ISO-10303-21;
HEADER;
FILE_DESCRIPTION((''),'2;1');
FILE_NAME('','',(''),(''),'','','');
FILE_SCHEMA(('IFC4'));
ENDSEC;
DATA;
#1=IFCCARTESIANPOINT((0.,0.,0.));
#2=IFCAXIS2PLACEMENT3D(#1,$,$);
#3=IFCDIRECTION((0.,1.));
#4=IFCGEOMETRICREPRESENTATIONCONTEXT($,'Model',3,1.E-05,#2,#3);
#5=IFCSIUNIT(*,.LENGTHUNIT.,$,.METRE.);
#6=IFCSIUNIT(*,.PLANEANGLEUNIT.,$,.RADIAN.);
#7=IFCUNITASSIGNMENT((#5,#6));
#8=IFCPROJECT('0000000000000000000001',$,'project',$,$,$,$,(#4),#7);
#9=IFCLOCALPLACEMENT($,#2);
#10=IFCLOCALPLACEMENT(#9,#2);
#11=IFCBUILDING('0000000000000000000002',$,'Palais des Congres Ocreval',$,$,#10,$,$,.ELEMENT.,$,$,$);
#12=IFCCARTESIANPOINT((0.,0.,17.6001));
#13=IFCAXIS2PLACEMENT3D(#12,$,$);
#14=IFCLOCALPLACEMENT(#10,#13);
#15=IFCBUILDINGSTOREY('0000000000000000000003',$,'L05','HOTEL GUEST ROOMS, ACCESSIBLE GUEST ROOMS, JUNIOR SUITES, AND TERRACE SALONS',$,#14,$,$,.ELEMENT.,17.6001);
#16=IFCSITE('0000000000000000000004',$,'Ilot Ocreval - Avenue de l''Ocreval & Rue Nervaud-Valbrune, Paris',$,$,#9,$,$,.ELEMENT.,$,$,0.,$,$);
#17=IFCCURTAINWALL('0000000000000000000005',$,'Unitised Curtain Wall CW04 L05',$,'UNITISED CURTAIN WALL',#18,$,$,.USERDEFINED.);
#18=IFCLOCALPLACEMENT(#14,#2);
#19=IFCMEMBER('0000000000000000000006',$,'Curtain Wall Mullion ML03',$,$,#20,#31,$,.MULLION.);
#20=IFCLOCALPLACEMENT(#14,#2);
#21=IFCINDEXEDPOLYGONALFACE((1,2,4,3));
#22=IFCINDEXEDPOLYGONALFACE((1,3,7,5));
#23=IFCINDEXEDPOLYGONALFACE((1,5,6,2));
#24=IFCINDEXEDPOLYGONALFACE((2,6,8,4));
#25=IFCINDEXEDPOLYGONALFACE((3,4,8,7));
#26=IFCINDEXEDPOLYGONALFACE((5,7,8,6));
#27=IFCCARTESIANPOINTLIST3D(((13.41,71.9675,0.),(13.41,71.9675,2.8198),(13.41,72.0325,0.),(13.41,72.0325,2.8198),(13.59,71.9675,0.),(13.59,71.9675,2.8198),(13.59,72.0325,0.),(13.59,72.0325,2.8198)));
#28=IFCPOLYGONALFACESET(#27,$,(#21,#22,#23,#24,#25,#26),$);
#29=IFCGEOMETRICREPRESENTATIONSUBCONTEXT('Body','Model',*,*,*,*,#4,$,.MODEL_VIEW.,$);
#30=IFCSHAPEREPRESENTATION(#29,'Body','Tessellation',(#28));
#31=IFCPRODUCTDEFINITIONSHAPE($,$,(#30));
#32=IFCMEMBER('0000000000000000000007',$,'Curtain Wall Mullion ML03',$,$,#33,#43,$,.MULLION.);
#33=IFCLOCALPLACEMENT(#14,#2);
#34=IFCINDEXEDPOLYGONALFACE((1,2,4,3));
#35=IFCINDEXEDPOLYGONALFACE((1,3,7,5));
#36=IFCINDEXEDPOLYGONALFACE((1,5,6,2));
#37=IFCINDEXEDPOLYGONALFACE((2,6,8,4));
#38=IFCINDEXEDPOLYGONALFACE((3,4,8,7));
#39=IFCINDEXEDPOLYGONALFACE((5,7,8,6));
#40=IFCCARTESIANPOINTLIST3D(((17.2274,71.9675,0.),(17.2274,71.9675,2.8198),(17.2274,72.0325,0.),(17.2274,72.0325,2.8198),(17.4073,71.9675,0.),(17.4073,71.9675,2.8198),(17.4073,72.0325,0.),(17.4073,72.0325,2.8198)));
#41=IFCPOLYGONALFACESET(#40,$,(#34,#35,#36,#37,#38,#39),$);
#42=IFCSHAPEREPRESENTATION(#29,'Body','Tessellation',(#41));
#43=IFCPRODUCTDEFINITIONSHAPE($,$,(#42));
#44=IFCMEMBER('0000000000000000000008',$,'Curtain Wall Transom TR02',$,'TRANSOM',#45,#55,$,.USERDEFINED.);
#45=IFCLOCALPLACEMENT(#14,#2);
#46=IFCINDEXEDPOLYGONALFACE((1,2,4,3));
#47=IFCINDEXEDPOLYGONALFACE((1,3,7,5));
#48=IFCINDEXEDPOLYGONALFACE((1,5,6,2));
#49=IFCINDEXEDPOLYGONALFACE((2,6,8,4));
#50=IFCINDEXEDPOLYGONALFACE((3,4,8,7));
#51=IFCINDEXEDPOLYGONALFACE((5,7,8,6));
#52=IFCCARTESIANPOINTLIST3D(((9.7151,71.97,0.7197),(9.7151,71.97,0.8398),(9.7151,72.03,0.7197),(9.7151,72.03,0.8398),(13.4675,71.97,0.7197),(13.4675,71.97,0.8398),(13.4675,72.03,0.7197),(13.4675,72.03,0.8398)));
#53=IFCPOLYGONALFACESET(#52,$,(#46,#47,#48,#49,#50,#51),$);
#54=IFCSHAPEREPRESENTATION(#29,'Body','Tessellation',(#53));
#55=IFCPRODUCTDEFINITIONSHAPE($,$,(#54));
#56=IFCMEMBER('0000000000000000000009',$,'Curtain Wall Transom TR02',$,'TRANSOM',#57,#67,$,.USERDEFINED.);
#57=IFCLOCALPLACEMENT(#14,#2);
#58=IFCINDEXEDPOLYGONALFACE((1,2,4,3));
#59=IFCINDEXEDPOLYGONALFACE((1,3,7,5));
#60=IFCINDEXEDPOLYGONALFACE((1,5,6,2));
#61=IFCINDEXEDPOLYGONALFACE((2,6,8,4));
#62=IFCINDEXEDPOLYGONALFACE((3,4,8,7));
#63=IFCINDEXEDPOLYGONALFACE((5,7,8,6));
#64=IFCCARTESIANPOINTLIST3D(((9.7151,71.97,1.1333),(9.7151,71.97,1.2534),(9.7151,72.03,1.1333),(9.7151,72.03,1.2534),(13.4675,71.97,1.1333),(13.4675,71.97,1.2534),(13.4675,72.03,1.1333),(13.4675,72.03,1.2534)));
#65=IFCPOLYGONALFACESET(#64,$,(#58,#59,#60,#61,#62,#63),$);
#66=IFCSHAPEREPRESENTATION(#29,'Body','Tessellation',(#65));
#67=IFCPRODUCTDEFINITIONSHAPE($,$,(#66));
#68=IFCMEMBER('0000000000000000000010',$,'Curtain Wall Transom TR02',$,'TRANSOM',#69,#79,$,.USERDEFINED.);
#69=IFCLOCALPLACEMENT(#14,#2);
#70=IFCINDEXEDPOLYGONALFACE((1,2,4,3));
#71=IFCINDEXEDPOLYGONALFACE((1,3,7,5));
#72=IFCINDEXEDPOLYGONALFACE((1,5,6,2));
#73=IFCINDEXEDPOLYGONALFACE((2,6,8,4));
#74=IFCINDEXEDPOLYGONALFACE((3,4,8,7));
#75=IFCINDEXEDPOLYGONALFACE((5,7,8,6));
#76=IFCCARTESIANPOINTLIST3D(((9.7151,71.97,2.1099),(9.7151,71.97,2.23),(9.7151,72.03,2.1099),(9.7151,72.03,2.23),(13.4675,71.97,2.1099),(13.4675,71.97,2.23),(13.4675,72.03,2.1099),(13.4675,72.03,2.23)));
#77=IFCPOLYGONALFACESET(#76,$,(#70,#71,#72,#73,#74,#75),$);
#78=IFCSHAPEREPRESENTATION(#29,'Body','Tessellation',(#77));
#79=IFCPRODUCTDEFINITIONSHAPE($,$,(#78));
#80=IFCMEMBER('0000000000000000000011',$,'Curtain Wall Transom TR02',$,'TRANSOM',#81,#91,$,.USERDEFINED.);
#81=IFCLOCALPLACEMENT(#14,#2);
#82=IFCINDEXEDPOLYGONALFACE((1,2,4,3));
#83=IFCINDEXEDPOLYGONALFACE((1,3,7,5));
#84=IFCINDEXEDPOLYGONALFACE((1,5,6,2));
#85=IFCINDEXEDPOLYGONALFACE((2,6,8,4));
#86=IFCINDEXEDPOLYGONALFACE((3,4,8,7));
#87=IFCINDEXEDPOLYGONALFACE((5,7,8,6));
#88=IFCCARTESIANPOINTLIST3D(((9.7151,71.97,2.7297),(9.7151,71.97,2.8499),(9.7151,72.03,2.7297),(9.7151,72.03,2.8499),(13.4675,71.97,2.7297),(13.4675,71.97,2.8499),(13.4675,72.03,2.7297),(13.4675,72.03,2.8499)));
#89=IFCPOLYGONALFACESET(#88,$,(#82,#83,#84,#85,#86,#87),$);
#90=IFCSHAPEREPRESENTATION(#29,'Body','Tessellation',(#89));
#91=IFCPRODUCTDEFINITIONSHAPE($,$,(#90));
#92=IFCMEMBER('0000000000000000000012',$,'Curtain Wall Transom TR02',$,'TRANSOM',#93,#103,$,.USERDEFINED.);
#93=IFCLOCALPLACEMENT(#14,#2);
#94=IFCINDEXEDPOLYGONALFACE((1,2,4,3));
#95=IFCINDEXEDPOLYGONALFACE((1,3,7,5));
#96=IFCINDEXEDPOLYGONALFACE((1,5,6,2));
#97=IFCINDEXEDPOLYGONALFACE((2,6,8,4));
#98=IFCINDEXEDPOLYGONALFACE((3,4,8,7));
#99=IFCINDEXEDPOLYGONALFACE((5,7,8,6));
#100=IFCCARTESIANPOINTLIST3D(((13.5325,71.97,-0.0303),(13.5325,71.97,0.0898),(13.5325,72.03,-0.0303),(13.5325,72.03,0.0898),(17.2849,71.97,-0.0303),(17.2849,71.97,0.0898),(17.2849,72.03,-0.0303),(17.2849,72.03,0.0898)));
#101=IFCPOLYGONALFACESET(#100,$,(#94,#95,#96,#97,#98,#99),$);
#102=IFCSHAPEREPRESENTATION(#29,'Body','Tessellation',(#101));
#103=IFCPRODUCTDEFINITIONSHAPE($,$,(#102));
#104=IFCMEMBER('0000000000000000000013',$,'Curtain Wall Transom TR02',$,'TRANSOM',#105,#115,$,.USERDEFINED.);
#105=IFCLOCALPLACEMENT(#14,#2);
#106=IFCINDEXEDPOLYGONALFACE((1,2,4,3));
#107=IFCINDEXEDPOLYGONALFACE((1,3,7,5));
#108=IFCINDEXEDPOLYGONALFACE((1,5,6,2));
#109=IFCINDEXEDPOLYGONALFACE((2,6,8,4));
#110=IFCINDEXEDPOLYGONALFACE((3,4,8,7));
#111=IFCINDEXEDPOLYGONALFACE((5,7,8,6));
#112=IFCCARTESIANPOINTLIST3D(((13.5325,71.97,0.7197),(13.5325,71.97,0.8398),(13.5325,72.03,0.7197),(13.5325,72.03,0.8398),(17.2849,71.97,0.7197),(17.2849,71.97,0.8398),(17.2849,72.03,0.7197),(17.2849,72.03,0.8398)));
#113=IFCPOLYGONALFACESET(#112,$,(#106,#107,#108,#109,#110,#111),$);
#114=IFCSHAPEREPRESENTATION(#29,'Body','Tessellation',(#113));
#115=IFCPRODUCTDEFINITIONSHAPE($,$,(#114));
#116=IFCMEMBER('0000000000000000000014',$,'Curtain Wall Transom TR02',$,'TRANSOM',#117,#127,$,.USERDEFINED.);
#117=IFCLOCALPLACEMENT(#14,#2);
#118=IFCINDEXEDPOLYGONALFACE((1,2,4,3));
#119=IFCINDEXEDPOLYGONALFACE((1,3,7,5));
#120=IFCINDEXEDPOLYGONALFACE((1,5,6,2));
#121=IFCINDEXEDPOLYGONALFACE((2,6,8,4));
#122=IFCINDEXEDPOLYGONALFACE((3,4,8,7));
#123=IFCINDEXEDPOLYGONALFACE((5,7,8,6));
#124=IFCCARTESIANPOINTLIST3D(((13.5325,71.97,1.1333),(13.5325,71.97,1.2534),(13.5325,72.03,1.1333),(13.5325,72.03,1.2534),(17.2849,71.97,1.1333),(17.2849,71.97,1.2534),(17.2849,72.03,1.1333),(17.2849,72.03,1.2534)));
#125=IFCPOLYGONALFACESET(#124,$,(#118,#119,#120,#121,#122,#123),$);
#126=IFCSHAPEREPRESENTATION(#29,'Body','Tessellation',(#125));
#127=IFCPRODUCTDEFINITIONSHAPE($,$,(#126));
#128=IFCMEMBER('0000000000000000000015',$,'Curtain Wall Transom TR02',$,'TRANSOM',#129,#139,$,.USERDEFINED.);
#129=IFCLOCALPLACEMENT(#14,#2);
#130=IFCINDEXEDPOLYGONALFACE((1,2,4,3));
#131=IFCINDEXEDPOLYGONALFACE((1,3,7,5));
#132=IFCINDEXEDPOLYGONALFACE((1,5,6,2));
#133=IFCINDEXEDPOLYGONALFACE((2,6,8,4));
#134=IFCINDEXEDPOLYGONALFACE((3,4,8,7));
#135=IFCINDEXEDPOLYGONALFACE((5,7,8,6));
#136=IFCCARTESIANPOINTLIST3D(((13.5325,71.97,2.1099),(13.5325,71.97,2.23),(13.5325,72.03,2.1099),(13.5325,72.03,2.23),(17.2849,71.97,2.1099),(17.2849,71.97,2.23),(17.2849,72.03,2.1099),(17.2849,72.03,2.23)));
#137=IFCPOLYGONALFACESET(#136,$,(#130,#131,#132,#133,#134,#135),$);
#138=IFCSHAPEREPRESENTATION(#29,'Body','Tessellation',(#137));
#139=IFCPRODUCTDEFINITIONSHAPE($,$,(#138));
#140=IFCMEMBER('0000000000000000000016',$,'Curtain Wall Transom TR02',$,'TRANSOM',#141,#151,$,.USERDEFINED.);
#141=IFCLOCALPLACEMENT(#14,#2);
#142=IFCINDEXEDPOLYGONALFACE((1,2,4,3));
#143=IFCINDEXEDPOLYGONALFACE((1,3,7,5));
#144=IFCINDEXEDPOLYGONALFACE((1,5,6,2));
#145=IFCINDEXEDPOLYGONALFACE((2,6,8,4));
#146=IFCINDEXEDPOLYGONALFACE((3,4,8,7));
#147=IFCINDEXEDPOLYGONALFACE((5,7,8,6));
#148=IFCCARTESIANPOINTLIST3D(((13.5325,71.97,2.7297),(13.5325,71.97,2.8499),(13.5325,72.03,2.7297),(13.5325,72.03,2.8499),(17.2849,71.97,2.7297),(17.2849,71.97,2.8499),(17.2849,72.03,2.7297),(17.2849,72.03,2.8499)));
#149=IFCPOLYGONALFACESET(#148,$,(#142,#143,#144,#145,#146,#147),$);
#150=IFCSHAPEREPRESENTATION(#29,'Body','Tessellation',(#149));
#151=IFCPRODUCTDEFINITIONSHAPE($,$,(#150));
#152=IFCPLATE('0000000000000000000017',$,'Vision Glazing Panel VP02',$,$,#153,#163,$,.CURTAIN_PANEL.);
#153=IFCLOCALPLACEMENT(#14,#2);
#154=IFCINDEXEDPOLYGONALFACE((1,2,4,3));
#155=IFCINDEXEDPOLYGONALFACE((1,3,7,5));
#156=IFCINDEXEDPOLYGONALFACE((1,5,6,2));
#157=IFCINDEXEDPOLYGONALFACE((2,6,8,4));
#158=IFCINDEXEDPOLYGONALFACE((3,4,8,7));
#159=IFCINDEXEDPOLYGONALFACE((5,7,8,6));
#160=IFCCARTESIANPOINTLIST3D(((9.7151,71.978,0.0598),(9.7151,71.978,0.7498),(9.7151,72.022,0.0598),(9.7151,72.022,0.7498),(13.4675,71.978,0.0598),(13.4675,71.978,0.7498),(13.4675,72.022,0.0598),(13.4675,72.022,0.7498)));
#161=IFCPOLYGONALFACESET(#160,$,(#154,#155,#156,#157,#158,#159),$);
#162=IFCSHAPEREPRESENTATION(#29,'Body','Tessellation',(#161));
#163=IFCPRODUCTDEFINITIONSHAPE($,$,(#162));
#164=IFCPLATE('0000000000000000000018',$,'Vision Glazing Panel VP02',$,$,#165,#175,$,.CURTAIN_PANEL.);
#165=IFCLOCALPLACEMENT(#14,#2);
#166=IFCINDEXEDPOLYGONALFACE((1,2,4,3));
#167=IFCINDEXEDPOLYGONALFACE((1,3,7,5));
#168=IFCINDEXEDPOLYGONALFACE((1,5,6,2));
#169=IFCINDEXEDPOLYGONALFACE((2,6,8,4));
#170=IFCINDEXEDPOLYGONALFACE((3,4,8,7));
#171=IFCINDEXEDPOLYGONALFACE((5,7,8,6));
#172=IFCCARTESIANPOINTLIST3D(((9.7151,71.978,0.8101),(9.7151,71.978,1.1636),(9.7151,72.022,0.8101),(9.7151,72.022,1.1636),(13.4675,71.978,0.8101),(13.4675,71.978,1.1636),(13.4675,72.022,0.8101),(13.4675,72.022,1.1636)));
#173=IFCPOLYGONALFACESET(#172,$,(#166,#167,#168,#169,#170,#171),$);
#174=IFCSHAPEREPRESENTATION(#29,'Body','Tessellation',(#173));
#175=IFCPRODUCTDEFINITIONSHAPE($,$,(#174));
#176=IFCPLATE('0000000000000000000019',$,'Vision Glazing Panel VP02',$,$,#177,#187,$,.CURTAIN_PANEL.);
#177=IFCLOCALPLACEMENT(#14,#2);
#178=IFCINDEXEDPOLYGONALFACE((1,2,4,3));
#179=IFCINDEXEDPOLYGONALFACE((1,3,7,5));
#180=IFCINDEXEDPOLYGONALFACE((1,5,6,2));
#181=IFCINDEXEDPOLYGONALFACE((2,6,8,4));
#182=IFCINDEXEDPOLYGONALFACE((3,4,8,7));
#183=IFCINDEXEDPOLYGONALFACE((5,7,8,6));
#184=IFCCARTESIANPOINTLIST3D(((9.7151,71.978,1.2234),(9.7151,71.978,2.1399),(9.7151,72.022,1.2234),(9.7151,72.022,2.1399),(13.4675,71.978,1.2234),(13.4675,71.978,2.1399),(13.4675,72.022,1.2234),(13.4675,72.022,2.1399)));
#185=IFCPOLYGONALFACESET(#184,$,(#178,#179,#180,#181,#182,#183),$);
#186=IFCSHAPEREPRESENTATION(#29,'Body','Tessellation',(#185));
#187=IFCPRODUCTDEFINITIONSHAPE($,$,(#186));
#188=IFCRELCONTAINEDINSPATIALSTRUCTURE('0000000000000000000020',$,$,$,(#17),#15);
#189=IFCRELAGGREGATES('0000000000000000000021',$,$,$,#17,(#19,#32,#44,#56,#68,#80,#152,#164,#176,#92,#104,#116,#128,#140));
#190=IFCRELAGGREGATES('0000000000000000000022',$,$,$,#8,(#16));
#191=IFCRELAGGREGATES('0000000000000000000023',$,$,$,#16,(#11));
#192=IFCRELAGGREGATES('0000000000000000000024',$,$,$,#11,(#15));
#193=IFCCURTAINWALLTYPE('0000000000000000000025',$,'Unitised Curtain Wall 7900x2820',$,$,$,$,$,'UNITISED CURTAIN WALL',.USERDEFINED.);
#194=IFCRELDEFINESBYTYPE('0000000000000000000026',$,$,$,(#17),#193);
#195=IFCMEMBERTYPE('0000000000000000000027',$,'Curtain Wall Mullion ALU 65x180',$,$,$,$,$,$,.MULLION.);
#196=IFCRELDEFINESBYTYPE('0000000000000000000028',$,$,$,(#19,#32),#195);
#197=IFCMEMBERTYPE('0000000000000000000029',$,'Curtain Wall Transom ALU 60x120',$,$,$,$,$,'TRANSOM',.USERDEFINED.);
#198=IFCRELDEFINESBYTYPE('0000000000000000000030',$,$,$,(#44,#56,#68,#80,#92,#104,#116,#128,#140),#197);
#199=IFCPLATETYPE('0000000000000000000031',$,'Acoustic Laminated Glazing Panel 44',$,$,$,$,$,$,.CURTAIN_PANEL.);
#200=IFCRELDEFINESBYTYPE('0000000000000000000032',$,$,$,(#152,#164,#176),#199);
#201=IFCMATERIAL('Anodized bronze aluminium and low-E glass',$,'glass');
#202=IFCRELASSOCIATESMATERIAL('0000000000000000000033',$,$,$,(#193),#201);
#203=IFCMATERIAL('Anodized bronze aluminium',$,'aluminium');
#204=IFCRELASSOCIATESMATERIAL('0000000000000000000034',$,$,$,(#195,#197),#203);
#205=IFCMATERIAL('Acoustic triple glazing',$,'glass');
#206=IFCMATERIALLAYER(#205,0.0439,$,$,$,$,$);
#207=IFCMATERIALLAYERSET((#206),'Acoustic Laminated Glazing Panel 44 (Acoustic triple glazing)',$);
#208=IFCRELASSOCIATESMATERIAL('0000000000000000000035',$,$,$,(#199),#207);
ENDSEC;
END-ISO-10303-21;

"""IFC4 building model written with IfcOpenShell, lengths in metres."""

from ifc_helpers import new_model, si_unit, direction, frame, origin, origin_2d, place, context, subcontext, project, spatial, rectangle, extrude, material, layer, layer_set, material_profile, profile_set, type_object, element, aggregate, save


model = new_model("IFC4")

# Units and contexts
model_context = context("Model", 3, precision=1e-05, world=origin(), true_north=direction((0.0, 1.0)))
body_context = subcontext(model_context, "Body", "Model", "MODEL_VIEW")
ifc_project = project(units=[si_unit("LENGTHUNIT", "METRE"), si_unit("PLANEANGLEUNIT", "RADIAN")], contexts=[model_context])

# Site, building, storey
site_placement = place(None, origin())
site = spatial("IfcSite", under=ifc_project, at=site_placement, Name="Ilot Ocreval - Avenue de l'Ocreval & Rue Nervaud-Valbrune, Paris", CompositionType="ELEMENT", RefElevation=0.0)
building_placement = place(site_placement, origin())
building = spatial("IfcBuilding", under=site, at=building_placement, Name="Palais des Congres Ocreval", CompositionType="ELEMENT")
storey_placement = place(building_placement, frame((0.0, 0.0, 17.6001)))
storey = spatial("IfcBuildingStorey", under=building, at=storey_placement, Name="L05", Description="HOTEL GUEST ROOMS, ACCESSIBLE GUEST ROOMS, JUNIOR SUITES, AND TERRACE SALONS", CompositionType="ELEMENT", Elevation=17.6001)

# Curtain wall, members, plates
ifc_material_1 = material(Name="Anodized bronze aluminium and low-E glass", Category="glass")
curtain_wall_type = type_object("IfcCurtainWallType", Name="Unitised Curtain Wall 7900x2820", ElementType="UNITISED CURTAIN WALL", PredefinedType="USERDEFINED", material=ifc_material_1)
curtain_wall_1_placement = place(storey_placement, origin())
curtain_wall_1 = element("IfcCurtainWall", 1, at=curtain_wall_1_placement, inside=storey, type_object=curtain_wall_type, Name="Unitised Curtain Wall CW04 L05", ObjectType="UNITISED CURTAIN WALL", PredefinedType="USERDEFINED")
ifc_material_2 = material(Name="Anodized bronze aluminium", Category="aluminium")
ifc_material_profile_1 = material_profile(ifc_material_2, rectangle(XDim=0.0649, YDim=0.1799, at=origin_2d()), Name="ALU 65x180")
ifc_profile_set_1 = profile_set([ifc_material_profile_1], Name="Anodized bronze aluminium")
member_type_1 = type_object("IfcMemberType", Name="Curtain Wall Mullion ALU 65x180", PredefinedType="MULLION", material=ifc_profile_set_1)
member_1_placement = place(storey_placement, frame((13.5, 72.0, 0.0), z_axis=(0.0, 0.0, 1.0), x_axis=(0.0, 1.0, 0.0)))
member_1 = element("IfcMember", 2, at=member_1_placement, type_object=member_type_1, Name="Curtain Wall Mullion ML03", PredefinedType="MULLION", context=body_context, shape_type="SweptSolid", body=[
    extrude(rectangle(XDim=0.0649, YDim=0.1799, at=origin_2d()), origin(), (0.0, 0.0, 1.0), 2.8198),
])
member_2_placement = place(storey_placement, frame((17.3174, 72.0, 0.0), z_axis=(0.0, 0.0, 1.0), x_axis=(0.0, 1.0, 0.0)))
member_2 = element("IfcMember", 3, at=member_2_placement, type_object=member_type_1, Name="Curtain Wall Mullion ML03", PredefinedType="MULLION", context=body_context, shape_type="SweptSolid", body=[
    extrude(rectangle(XDim=0.0649, YDim=0.1799, at=origin_2d()), origin(), (0.0, 0.0, 1.0), 2.8198),
])
ifc_material_profile_2 = material_profile(ifc_material_2, rectangle(XDim=0.0601, YDim=0.1201, at=origin_2d()), Name="ALU 60x120")
ifc_profile_set_2 = profile_set([ifc_material_profile_2], Name="Anodized bronze aluminium")
member_type_2 = type_object("IfcMemberType", Name="Curtain Wall Transom ALU 60x120", ElementType="TRANSOM", PredefinedType="USERDEFINED", material=ifc_profile_set_2)
member_3_placement = place(storey_placement, frame((9.7151, 72.0, 0.7798), z_axis=(1.0, 0.0, 0.0), x_axis=(0.0, 1.0, 0.0)))
member_3 = element("IfcMember", 4, at=member_3_placement, type_object=member_type_2, Name="Curtain Wall Transom TR02", ObjectType="TRANSOM", PredefinedType="USERDEFINED", context=body_context, shape_type="SweptSolid", body=[
    extrude(rectangle(XDim=0.0601, YDim=0.1201, at=origin_2d()), origin(), (0.0, 0.0, 1.0), 3.7524),
])
member_4_placement = place(storey_placement, frame((9.7151, 72.0, 1.1934), z_axis=(1.0, 0.0, 0.0), x_axis=(0.0, 1.0, 0.0)))
member_4 = element("IfcMember", 5, at=member_4_placement, type_object=member_type_2, Name="Curtain Wall Transom TR02", ObjectType="TRANSOM", PredefinedType="USERDEFINED", context=body_context, shape_type="SweptSolid", body=[
    extrude(rectangle(XDim=0.0601, YDim=0.1201, at=origin_2d()), origin(), (0.0, 0.0, 1.0), 3.7524),
])
member_5_placement = place(storey_placement, frame((9.7151, 72.0, 2.1699), z_axis=(1.0, 0.0, 0.0), x_axis=(0.0, 1.0, 0.0)))
member_5 = element("IfcMember", 6, at=member_5_placement, type_object=member_type_2, Name="Curtain Wall Transom TR02", ObjectType="TRANSOM", PredefinedType="USERDEFINED", context=body_context, shape_type="SweptSolid", body=[
    extrude(rectangle(XDim=0.0601, YDim=0.1201, at=origin_2d()), origin(), (0.0, 0.0, 1.0), 3.7524),
])
member_6_placement = place(storey_placement, frame((9.7151, 72.0, 2.7898), z_axis=(1.0, 0.0, 0.0), x_axis=(0.0, 1.0, 0.0)))
member_6 = element("IfcMember", 7, at=member_6_placement, type_object=member_type_2, Name="Curtain Wall Transom TR02", ObjectType="TRANSOM", PredefinedType="USERDEFINED", context=body_context, shape_type="SweptSolid", body=[
    extrude(rectangle(XDim=0.0601, YDim=0.1201, at=origin_2d()), origin(), (0.0, 0.0, 1.0), 3.7524),
])
member_7_placement = place(storey_placement, frame((13.5325, 72.0, 0.0298), z_axis=(1.0, 0.0, 0.0), x_axis=(0.0, 1.0, 0.0)))
member_7 = element("IfcMember", 8, at=member_7_placement, type_object=member_type_2, Name="Curtain Wall Transom TR02", ObjectType="TRANSOM", PredefinedType="USERDEFINED", context=body_context, shape_type="SweptSolid", body=[
    extrude(rectangle(XDim=0.0601, YDim=0.1201, at=origin_2d()), origin(), (0.0, 0.0, 1.0), 3.7524),
])
member_8_placement = place(storey_placement, frame((13.5325, 72.0, 0.7798), z_axis=(1.0, 0.0, 0.0), x_axis=(0.0, 1.0, 0.0)))
member_8 = element("IfcMember", 9, at=member_8_placement, type_object=member_type_2, Name="Curtain Wall Transom TR02", ObjectType="TRANSOM", PredefinedType="USERDEFINED", context=body_context, shape_type="SweptSolid", body=[
    extrude(rectangle(XDim=0.0601, YDim=0.1201, at=origin_2d()), origin(), (0.0, 0.0, 1.0), 3.7524),
])
member_9_placement = place(storey_placement, frame((13.5325, 72.0, 1.1934), z_axis=(1.0, 0.0, 0.0), x_axis=(0.0, 1.0, 0.0)))
member_9 = element("IfcMember", 10, at=member_9_placement, type_object=member_type_2, Name="Curtain Wall Transom TR02", ObjectType="TRANSOM", PredefinedType="USERDEFINED", context=body_context, shape_type="SweptSolid", body=[
    extrude(rectangle(XDim=0.0601, YDim=0.1201, at=origin_2d()), origin(), (0.0, 0.0, 1.0), 3.7524),
])
member_10_placement = place(storey_placement, frame((13.5325, 72.0, 2.1699), z_axis=(1.0, 0.0, 0.0), x_axis=(0.0, 1.0, 0.0)))
member_10 = element("IfcMember", 11, at=member_10_placement, type_object=member_type_2, Name="Curtain Wall Transom TR02", ObjectType="TRANSOM", PredefinedType="USERDEFINED", context=body_context, shape_type="SweptSolid", body=[
    extrude(rectangle(XDim=0.0601, YDim=0.1201, at=origin_2d()), origin(), (0.0, 0.0, 1.0), 3.7524),
])
member_11_placement = place(storey_placement, frame((13.5325, 72.0, 2.7898), z_axis=(1.0, 0.0, 0.0), x_axis=(0.0, 1.0, 0.0)))
member_11 = element("IfcMember", 12, at=member_11_placement, type_object=member_type_2, Name="Curtain Wall Transom TR02", ObjectType="TRANSOM", PredefinedType="USERDEFINED", context=body_context, shape_type="SweptSolid", body=[
    extrude(rectangle(XDim=0.0601, YDim=0.1201, at=origin_2d()), origin(), (0.0, 0.0, 1.0), 3.7524),
])
ifc_material_3 = material(Name="Acoustic triple glazing", Category="glass")
ifc_layer_1 = layer(ifc_material_3, 0.0439)
ifc_layer_set_1 = layer_set([ifc_layer_1], Name="Acoustic Laminated Glazing Panel 44 (Acoustic triple glazing)")
plate_type_1 = type_object("IfcPlateType", Name="Acoustic Laminated Glazing Panel 44", PredefinedType="CURTAIN_PANEL", material=ifc_layer_set_1)
plate_1_placement = place(storey_placement, frame((11.5913, 72.0, 0.0598), z_axis=(0.0, 0.0, 1.0), x_axis=(1.0, 0.0, 0.0)))
plate_1 = element("IfcPlate", 13, at=plate_1_placement, type_object=plate_type_1, Name="Vision Glazing Panel VP02", PredefinedType="CURTAIN_PANEL", context=body_context, shape_type="SweptSolid", body=[
    extrude(rectangle(XDim=3.7524, YDim=0.0439, at=origin_2d()), origin(), (0.0, 0.0, 1.0), 0.6899),
])
plate_2_placement = place(storey_placement, frame((11.5913, 72.0, 0.8101), z_axis=(0.0, 0.0, 1.0), x_axis=(1.0, 0.0, 0.0)))
plate_2 = element("IfcPlate", 14, at=plate_2_placement, type_object=plate_type_1, Name="Vision Glazing Panel VP02", PredefinedType="CURTAIN_PANEL", context=body_context, shape_type="SweptSolid", body=[
    extrude(rectangle(XDim=3.7524, YDim=0.0439, at=origin_2d()), origin(), (0.0, 0.0, 1.0), 0.3535),
])
plate_3_placement = place(storey_placement, frame((11.5913, 72.0, 1.2234), z_axis=(0.0, 0.0, 1.0), x_axis=(1.0, 0.0, 0.0)))
plate_3 = element("IfcPlate", 15, at=plate_3_placement, type_object=plate_type_1, Name="Vision Glazing Panel VP02", PredefinedType="CURTAIN_PANEL", context=body_context, shape_type="SweptSolid", body=[
    extrude(rectangle(XDim=3.7524, YDim=0.0439, at=origin_2d()), origin(), (0.0, 0.0, 1.0), 0.9165),
])

aggregate(curtain_wall_1, [member_1, member_2, member_3, member_4, member_5, member_6, plate_1, plate_2, plate_3, member_7, member_8, member_9, member_10, member_11])

save(model, "model.ifc")
